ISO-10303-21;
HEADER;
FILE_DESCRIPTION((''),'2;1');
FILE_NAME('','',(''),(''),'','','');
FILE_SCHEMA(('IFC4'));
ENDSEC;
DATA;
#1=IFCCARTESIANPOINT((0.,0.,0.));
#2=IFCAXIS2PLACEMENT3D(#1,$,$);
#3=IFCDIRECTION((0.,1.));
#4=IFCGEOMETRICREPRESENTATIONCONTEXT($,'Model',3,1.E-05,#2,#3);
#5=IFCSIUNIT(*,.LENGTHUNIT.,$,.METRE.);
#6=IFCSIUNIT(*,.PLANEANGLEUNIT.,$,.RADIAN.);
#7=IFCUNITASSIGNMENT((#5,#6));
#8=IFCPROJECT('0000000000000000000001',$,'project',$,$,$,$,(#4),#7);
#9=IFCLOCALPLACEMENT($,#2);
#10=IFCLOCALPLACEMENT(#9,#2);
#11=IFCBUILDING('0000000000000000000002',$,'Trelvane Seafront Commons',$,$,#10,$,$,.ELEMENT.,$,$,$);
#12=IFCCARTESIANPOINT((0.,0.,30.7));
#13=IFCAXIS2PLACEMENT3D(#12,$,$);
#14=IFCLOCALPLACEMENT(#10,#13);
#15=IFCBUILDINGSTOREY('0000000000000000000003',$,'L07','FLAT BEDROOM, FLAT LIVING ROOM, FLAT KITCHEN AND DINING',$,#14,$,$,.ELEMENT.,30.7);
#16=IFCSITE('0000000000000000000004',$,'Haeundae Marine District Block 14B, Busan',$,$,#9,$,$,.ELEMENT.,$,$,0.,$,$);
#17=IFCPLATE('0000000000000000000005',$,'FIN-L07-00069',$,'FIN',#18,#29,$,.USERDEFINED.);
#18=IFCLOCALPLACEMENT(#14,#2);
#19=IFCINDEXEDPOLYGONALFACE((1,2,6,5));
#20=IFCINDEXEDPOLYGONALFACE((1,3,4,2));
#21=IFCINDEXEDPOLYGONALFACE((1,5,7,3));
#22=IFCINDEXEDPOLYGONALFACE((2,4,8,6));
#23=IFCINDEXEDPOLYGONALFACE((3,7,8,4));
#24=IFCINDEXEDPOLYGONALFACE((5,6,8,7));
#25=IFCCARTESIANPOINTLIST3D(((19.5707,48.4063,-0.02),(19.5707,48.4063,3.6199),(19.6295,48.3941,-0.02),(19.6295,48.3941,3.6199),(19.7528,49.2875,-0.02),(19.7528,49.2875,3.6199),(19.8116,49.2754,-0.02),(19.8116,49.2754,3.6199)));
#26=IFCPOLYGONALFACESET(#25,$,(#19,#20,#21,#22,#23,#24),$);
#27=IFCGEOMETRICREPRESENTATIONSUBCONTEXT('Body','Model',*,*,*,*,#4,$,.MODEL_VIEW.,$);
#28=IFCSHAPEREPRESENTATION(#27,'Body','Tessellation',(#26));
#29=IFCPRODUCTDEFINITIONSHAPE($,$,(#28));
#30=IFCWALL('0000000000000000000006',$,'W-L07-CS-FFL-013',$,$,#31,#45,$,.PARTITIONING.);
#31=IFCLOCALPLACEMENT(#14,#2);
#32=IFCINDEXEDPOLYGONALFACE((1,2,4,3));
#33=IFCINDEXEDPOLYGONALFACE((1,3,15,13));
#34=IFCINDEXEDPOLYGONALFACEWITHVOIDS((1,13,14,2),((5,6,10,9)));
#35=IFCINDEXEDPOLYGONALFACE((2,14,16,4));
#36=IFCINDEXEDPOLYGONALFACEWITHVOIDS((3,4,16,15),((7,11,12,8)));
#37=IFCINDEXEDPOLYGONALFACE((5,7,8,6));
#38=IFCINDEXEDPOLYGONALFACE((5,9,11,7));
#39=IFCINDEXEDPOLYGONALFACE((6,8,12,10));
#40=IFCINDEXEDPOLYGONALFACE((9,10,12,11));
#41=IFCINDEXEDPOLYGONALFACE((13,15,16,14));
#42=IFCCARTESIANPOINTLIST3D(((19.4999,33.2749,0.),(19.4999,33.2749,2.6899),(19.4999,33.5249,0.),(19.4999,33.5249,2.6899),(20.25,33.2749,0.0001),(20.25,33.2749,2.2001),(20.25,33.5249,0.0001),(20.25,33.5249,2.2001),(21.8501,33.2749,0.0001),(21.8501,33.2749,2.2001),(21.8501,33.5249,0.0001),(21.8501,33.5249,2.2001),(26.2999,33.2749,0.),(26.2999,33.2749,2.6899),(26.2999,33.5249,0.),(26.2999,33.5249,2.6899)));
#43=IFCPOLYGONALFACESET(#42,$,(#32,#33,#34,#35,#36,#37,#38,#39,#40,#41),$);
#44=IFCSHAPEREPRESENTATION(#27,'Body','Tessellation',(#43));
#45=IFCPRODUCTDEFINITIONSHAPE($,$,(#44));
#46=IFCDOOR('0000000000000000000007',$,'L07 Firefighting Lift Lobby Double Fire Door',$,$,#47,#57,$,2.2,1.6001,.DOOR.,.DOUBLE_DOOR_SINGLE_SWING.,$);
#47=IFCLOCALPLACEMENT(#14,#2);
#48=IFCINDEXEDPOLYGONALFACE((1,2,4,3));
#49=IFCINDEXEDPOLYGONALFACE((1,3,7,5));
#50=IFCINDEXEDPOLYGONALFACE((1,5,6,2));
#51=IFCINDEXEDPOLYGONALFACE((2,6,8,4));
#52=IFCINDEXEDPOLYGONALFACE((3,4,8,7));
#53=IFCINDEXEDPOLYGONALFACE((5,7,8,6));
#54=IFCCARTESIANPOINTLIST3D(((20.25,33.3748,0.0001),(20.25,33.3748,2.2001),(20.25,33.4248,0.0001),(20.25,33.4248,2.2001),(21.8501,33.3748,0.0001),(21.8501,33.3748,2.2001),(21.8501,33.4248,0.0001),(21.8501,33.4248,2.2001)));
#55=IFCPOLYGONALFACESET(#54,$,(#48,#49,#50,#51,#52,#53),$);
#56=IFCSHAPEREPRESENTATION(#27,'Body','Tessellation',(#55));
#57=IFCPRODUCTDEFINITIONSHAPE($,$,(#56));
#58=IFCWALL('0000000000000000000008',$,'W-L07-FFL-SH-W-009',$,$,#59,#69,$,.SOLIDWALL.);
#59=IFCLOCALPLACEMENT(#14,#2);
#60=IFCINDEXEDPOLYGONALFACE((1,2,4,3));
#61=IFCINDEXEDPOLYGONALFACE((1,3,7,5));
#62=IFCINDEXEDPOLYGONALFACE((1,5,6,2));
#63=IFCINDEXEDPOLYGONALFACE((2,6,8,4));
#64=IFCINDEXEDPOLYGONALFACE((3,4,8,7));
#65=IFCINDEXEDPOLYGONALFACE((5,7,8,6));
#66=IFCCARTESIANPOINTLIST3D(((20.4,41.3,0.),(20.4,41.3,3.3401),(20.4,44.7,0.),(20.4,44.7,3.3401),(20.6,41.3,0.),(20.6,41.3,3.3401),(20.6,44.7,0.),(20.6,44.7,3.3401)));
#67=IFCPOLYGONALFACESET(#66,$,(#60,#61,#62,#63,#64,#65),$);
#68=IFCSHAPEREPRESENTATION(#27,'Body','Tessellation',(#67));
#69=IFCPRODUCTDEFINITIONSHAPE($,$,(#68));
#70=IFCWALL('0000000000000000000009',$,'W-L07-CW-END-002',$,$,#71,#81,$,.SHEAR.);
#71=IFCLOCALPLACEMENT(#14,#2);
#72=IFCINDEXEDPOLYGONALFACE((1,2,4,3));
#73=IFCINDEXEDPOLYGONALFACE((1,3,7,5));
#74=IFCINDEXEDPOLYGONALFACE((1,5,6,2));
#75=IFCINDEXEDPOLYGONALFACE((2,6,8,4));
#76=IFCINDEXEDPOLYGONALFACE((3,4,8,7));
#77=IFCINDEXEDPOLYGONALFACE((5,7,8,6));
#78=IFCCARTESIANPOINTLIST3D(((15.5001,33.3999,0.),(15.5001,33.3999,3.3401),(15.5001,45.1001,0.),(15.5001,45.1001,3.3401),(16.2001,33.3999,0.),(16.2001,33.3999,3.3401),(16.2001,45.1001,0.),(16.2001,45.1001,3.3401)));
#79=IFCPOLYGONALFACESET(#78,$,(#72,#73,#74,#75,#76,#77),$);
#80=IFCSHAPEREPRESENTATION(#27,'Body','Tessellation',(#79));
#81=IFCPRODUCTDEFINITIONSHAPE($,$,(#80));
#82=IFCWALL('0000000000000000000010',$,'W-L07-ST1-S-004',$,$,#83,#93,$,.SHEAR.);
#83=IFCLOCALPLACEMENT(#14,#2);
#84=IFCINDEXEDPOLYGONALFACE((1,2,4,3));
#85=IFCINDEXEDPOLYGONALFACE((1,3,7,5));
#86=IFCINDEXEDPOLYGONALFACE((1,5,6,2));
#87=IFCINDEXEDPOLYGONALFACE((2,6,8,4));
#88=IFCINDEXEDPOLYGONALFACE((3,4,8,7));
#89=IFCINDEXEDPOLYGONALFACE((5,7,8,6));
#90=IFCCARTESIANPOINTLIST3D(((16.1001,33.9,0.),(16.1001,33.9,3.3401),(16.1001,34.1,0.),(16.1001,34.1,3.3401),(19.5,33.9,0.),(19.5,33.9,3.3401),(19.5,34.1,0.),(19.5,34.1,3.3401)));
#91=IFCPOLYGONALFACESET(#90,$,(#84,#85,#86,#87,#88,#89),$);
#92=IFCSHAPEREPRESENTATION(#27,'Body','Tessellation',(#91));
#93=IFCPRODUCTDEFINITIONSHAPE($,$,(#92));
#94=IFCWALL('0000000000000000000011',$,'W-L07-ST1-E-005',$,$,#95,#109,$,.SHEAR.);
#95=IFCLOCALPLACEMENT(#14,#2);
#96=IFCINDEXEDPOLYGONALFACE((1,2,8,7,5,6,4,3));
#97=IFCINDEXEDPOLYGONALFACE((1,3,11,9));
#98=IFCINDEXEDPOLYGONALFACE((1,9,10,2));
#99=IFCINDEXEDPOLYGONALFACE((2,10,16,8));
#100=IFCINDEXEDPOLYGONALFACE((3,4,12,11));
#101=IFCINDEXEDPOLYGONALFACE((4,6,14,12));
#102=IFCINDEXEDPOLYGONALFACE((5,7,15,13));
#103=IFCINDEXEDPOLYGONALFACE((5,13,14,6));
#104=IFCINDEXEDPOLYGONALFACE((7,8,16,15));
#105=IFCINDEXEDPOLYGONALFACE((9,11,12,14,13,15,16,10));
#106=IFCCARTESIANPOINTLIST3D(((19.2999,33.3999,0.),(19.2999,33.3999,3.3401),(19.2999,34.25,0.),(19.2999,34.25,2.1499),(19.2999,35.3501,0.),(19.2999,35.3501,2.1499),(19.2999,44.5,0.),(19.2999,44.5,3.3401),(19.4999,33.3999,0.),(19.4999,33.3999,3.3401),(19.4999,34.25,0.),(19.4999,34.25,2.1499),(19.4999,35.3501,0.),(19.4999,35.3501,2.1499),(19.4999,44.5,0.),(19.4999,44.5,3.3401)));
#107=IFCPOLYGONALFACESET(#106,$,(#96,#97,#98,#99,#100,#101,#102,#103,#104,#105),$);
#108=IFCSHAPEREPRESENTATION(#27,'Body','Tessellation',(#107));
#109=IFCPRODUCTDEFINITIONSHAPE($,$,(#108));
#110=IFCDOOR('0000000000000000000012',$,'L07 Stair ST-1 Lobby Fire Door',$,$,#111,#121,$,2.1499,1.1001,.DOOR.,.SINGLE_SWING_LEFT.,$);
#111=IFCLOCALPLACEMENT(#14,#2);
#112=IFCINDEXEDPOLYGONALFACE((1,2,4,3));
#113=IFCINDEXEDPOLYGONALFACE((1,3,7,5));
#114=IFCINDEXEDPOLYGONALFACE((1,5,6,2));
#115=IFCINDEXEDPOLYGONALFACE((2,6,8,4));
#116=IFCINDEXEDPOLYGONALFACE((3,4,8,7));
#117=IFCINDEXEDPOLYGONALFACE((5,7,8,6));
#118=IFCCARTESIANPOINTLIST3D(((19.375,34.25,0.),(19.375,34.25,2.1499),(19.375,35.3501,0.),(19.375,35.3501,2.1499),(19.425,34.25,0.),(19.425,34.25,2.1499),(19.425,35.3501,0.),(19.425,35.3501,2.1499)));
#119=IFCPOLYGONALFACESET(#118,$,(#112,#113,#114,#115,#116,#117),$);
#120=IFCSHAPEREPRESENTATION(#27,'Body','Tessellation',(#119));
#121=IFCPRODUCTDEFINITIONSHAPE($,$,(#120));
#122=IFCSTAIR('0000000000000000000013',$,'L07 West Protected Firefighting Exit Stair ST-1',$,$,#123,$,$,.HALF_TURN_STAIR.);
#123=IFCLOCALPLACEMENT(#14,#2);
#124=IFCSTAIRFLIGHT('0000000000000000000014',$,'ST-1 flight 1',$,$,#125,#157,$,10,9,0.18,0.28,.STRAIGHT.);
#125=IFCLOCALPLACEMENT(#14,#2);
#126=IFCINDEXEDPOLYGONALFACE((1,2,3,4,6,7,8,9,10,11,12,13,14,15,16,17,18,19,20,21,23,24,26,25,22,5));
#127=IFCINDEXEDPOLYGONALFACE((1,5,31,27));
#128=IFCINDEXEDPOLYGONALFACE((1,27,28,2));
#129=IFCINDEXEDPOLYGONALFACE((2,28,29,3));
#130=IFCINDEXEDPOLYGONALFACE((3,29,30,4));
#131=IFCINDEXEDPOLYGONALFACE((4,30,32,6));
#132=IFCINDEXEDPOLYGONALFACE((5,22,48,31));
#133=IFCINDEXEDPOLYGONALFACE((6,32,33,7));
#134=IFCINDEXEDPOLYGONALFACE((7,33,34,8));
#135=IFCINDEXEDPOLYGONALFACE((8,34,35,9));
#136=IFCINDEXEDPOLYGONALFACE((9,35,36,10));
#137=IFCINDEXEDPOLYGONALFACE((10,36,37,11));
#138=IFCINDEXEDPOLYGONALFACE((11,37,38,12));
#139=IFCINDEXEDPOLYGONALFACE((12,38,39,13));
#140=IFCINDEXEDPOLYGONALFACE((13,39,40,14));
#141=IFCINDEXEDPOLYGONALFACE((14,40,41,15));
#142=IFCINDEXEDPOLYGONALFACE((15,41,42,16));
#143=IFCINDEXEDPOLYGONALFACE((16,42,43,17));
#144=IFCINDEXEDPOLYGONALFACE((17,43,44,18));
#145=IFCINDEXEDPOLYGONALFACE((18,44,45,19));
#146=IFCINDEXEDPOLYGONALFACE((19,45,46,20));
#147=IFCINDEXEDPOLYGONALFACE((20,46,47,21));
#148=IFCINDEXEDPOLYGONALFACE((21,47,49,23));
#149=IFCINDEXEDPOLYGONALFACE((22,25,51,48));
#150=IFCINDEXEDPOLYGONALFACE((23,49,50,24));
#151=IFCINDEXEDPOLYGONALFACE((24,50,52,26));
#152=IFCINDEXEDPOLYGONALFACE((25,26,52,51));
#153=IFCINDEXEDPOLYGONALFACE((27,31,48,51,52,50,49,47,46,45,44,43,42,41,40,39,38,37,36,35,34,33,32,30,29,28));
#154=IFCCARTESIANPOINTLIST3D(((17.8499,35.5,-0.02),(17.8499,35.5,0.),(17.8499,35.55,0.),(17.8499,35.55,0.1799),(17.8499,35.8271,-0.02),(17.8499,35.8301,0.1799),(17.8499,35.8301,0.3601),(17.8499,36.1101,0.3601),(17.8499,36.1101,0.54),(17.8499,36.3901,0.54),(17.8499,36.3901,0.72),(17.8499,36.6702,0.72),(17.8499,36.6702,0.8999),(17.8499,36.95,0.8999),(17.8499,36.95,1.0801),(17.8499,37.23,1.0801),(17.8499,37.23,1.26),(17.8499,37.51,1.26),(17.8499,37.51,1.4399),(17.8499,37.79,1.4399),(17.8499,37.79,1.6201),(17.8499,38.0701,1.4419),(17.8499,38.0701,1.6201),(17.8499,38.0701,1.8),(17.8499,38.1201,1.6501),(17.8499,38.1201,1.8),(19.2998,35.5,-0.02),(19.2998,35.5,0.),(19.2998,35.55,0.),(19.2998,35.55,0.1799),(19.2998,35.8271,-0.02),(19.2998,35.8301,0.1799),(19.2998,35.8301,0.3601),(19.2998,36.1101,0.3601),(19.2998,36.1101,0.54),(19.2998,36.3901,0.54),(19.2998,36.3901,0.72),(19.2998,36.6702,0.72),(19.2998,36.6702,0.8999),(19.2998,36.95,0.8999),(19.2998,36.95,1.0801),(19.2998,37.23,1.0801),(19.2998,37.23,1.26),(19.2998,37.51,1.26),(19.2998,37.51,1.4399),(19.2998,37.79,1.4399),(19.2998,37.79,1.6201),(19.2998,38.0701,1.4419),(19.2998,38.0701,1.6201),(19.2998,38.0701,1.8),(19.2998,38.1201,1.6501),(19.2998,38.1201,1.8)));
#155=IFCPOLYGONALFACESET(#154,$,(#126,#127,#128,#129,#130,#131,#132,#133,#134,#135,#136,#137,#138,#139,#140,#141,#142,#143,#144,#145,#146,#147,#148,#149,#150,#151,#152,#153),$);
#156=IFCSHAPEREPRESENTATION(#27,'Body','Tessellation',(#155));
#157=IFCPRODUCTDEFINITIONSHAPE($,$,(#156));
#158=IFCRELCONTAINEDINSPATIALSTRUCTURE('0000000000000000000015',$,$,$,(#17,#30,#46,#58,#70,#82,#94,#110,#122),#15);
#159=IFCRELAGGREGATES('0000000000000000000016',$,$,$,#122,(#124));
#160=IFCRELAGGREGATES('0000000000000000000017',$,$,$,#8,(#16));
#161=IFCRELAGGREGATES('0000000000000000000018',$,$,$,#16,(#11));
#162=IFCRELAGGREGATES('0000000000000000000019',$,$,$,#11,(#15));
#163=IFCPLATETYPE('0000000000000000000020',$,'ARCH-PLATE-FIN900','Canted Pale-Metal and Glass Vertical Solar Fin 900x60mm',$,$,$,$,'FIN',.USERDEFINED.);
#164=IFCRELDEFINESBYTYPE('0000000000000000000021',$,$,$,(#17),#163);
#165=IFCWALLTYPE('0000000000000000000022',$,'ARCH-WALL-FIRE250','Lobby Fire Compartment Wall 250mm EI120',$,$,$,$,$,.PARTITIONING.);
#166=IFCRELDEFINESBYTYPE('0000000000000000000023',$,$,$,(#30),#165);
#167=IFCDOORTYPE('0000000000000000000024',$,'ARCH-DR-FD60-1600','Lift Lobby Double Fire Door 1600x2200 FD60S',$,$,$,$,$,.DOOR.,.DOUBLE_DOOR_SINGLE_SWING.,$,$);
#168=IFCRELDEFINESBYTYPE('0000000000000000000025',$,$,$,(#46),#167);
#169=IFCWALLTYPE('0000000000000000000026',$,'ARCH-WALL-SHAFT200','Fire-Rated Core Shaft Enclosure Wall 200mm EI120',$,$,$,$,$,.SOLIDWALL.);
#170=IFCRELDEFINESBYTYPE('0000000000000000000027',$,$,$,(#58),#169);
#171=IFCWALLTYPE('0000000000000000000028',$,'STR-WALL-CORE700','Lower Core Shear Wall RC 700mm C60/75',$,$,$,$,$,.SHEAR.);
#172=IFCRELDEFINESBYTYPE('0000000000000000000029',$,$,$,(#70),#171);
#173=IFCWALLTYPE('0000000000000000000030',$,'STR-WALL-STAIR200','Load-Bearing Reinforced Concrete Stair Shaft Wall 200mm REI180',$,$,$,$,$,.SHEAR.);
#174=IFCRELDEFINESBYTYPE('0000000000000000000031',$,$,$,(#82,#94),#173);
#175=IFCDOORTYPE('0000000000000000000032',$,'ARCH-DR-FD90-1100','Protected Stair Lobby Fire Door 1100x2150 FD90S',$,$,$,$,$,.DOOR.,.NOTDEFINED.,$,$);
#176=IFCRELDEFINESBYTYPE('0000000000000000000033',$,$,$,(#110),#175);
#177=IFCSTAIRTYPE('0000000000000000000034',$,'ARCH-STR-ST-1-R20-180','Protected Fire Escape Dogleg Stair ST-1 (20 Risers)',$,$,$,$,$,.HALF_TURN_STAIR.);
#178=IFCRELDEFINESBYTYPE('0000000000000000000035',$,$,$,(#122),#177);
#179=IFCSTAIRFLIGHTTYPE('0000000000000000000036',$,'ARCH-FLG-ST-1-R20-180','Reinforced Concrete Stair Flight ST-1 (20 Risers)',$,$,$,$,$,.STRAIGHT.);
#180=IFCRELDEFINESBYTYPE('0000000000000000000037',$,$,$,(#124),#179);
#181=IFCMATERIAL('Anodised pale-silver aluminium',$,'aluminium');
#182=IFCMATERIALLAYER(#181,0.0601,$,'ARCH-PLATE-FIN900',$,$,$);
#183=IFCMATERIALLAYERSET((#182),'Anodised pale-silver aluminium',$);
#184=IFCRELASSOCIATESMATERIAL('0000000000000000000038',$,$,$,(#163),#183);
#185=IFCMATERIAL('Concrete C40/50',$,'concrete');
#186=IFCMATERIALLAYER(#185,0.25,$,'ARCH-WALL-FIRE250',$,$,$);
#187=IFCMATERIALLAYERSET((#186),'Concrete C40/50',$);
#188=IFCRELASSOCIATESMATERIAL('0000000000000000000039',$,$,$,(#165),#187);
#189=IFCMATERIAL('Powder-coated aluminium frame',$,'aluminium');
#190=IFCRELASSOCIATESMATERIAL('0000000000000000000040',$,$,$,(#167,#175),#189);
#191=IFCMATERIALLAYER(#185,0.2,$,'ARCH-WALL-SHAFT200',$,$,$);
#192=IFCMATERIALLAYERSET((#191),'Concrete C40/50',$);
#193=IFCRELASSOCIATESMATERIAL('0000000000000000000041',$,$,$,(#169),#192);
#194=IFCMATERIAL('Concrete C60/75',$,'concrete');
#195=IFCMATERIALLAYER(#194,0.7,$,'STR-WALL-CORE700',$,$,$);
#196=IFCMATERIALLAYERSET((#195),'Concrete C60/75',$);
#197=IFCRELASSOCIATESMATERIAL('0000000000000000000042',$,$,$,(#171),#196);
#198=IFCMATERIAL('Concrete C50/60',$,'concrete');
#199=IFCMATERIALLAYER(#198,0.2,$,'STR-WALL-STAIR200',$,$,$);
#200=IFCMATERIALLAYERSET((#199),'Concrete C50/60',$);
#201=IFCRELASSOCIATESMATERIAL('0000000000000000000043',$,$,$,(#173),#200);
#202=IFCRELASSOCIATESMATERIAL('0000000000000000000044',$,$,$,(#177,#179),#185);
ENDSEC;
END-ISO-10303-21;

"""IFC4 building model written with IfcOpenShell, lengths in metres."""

from ifc_helpers import new_model, si_unit, direction, frame, frame_2d, origin, origin_2d, place, context, subcontext, project, spatial, polyline, rectangle, outline, extrude, source, transform, mapped, material, layer, layer_set, type_object, element, fill, aggregate, save


model = new_model("IFC4")

# Units and contexts
model_context = context("Model", 3, precision=1e-05, world=origin(), true_north=direction((0.0, 1.0)))
body_context = subcontext(model_context, "Body", "Model", "MODEL_VIEW")
ifc_project = project(units=[si_unit("LENGTHUNIT", "METRE"), si_unit("PLANEANGLEUNIT", "RADIAN")], contexts=[model_context])

# Site, building, storey
site_placement = place(None, origin())
site = spatial("IfcSite", under=ifc_project, at=site_placement, Name="Haeundae Marine District Block 14B, Busan", CompositionType="ELEMENT", RefElevation=0.0)
building_placement = place(site_placement, origin())
building = spatial("IfcBuilding", under=site, at=building_placement, Name="Trelvane Seafront Commons", CompositionType="ELEMENT")
storey_placement = place(building_placement, frame((0.0, 0.0, 30.7)))
storey = spatial("IfcBuildingStorey", under=building, at=storey_placement, Name="L07", Description="FLAT BEDROOM, FLAT LIVING ROOM, FLAT KITCHEN AND DINING", CompositionType="ELEMENT", Elevation=30.7)

# Shared definitions
ifc_material_1 = material(Name="Concrete C60/75", Category="concrete")

# Shared definitions
ifc_material_2 = material(Name="Anodised pale-silver aluminium", Category="aluminium")

# Plate
ifc_layer_1 = layer(ifc_material_2, 0.0601, Name="ARCH-PLATE-FIN900")
ifc_layer_set_1 = layer_set([ifc_layer_1], Name="Anodised pale-silver aluminium")
plate_type_1 = type_object("IfcPlateType", Name="ARCH-PLATE-FIN900", Description="Canted Pale-Metal and Glass Vertical Solar Fin 900x60mm", ElementType="FIN", PredefinedType="USERDEFINED", material=ifc_layer_set_1)
shared_shape_1 = source(origin(), body_context, "Body", "SweptSolid", [
    extrude(rectangle(XDim=0.8999, YDim=0.0601, at=origin_2d()), origin(), (0.0, 0.0, 1.0), 3.6399),
])
for number, where, z_axis, x_axis, name in (
    (1, (19.6912, 48.8408, -0.02), (0.0, 0.0, 1.0), (0.202329, 0.979318, 0.0), "FIN-L07-00069"),
):
    element("IfcPlate", number, at=place(storey_placement, frame(where, z_axis=z_axis, x_axis=x_axis)), inside=storey, type_object=plate_type_1, Name=name, ObjectType="FIN", PredefinedType="USERDEFINED", context=body_context, shape_type="MappedRepresentation", body=[
        mapped(shared_shape_1, transform((0.0, 0.0, 0.0), x_axis=(1.0, 0.0, 0.0), y_axis=(0.0, 1.0, 0.0), z_axis=(0.0, 0.0, 1.0), scale=1.0)),
    ])

# Wall, opening, door
ifc_material_3 = material(Name="Concrete C40/50", Category="concrete")
ifc_layer_2 = layer(ifc_material_3, 0.25, Name="ARCH-WALL-FIRE250")
ifc_layer_set_2 = layer_set([ifc_layer_2], Name="Concrete C40/50")
wall_type_1 = type_object("IfcWallType", Name="ARCH-WALL-FIRE250", Description="Lobby Fire Compartment Wall 250mm EI120", PredefinedType="PARTITIONING", material=ifc_layer_set_2)
wall_1_placement = place(storey_placement, frame((19.5, 33.3999, 0.0), z_axis=(0.0, 0.0, 1.0), x_axis=(1.0, 0.0, 0.0)))
wall_1 = element("IfcWall", 2, at=wall_1_placement, inside=storey, type_object=wall_type_1, Name="W-L07-CS-FFL-013", PredefinedType="PARTITIONING", context=body_context, shape_type="SweptSolid", body=[
    extrude(rectangle(XDim=6.8, YDim=0.25, at=frame_2d((3.3999, 0.0))), origin(), (0.0, 0.0, 1.0), 2.6899),
])
opening_1_placement = place(wall_1_placement, frame((0.75, 0.0, 0.0)))
opening_1 = element("IfcOpeningElement", 3, at=opening_1_placement, cuts=wall_1, PredefinedType="OPENING", context=body_context, shape_type="SweptSolid", body=[
    extrude(rectangle(XDim=1.6001, YDim=2.2, at=frame_2d((0.8, 1.1001))), frame((0.0, 0.135, 0.0), z_axis=(0.0, -1.0, 0.0), x_axis=(1.0, 0.0, 0.0)), (0.0, 0.0, 1.0), 0.27),
])
ifc_material_4 = material(Name="Powder-coated aluminium frame", Category="aluminium")
door_type_1 = type_object("IfcDoorType", Name="ARCH-DR-FD60-1600", Description="Lift Lobby Double Fire Door 1600x2200 FD60S", OperationType="DOUBLE_DOOR_SINGLE_SWING", PredefinedType="DOOR", material=ifc_material_4)
shared_shape_2 = source(origin(), body_context, "Body", "SweptSolid", [
    extrude(rectangle(XDim=1.6001, YDim=2.2, at=frame_2d((0.8, 1.1001))), frame((0.0, 0.0249, 0.0), z_axis=(0.0, -1.0, 0.0), x_axis=(1.0, 0.0, 0.0)), (0.0, 0.0, 1.0), 0.05),
])
door_1_placement = place(opening_1_placement, origin())
door_1 = element("IfcDoor", 4, at=door_1_placement, inside=storey, type_object=door_type_1, Name="L07 Firefighting Lift Lobby Double Fire Door", OperationType="DOUBLE_DOOR_SINGLE_SWING", OverallHeight=2.2, OverallWidth=1.6001, PredefinedType="DOOR", context=body_context, shape_type="MappedRepresentation", body=[
    mapped(shared_shape_2, transform((0.0, 0.0, 0.0), x_axis=(1.0, 0.0, 0.0), y_axis=(0.0, 1.0, 0.0), z_axis=(0.0, 0.0, 1.0), scale=1.0)),
])
fill(opening_1, door_1)

# Shared definitions
ifc_layer_3 = layer(ifc_material_3, 0.2, Name="ARCH-WALL-SHAFT200")
ifc_layer_set_3 = layer_set([ifc_layer_3], Name="Concrete C40/50")
wall_type_2 = type_object("IfcWallType", Name="ARCH-WALL-SHAFT200", Description="Fire-Rated Core Shaft Enclosure Wall 200mm EI120", PredefinedType="SOLIDWALL", material=ifc_layer_set_3)
shared_shape_3 = source(origin(), body_context, "Body", "SweptSolid", [
    extrude(rectangle(XDim=1.1001, YDim=2.1499, at=frame_2d((0.55, 1.075))), frame((0.0, 0.0249, 0.0), z_axis=(0.0, -1.0, 0.0), x_axis=(1.0, 0.0, 0.0)), (0.0, 0.0, 1.0), 0.05),
])

# Walls
wall_2_placement = place(storey_placement, frame((20.5, 41.3, 0.0), z_axis=(0.0, 0.0, 1.0), x_axis=(0.0, 1.0, 0.0)))
element("IfcWall", 5, at=wall_2_placement, inside=storey, type_object=wall_type_2, Name="W-L07-FFL-SH-W-009", PredefinedType="SOLIDWALL", context=body_context, shape_type="SweptSolid", body=[
    extrude(rectangle(XDim=3.3999, YDim=0.2, at=frame_2d((1.7, 0.0))), origin(), (0.0, 0.0, 1.0), 3.3401),
])
ifc_layer_4 = layer(ifc_material_1, 0.7, Name="STR-WALL-CORE700")
ifc_layer_set_4 = layer_set([ifc_layer_4], Name="Concrete C60/75")
wall_type_3 = type_object("IfcWallType", Name="STR-WALL-CORE700", Description="Lower Core Shear Wall RC 700mm C60/75", PredefinedType="SHEAR", material=ifc_layer_set_4)
wall_3_placement = place(storey_placement, frame((15.8501, 33.3999, 0.0), z_axis=(0.0, 0.0, 1.0), x_axis=(0.0, 1.0, 0.0)))
element("IfcWall", 6, at=wall_3_placement, inside=storey, type_object=wall_type_3, Name="W-L07-CW-END-002", PredefinedType="SHEAR", context=body_context, shape_type="SweptSolid", body=[
    extrude(rectangle(XDim=11.7002, YDim=0.7, at=frame_2d((5.8501, 0.0))), origin(), (0.0, 0.0, 1.0), 3.3401),
])
ifc_material_5 = material(Name="Concrete C50/60", Category="concrete")
ifc_layer_5 = layer(ifc_material_5, 0.2, Name="STR-WALL-STAIR200")
ifc_layer_set_5 = layer_set([ifc_layer_5], Name="Concrete C50/60")
wall_type_4 = type_object("IfcWallType", Name="STR-WALL-STAIR200", Description="Load-Bearing Reinforced Concrete Stair Shaft Wall 200mm REI180", PredefinedType="SHEAR", material=ifc_layer_set_5)
wall_4_placement = place(storey_placement, frame((16.1001, 34.0, 0.0), z_axis=(0.0, 0.0, 1.0), x_axis=(1.0, 0.0, 0.0)))
element("IfcWall", 7, at=wall_4_placement, inside=storey, type_object=wall_type_4, Name="W-L07-ST1-S-004", PredefinedType="SHEAR", context=body_context, shape_type="SweptSolid", body=[
    extrude(rectangle(XDim=3.3999, YDim=0.2, at=frame_2d((1.7, 0.0))), origin(), (0.0, 0.0, 1.0), 3.3401),
])

# Wall, opening, door
wall_5_placement = place(storey_placement, frame((19.3999, 33.3999, 0.0), z_axis=(0.0, 0.0, 1.0), x_axis=(0.0, 1.0, 0.0)))
wall_5 = element("IfcWall", 8, at=wall_5_placement, inside=storey, type_object=wall_type_4, Name="W-L07-ST1-E-005", PredefinedType="SHEAR", context=body_context, shape_type="SweptSolid", body=[
    extrude(rectangle(XDim=11.1001, YDim=0.2, at=frame_2d((5.55, 0.0))), origin(), (0.0, 0.0, 1.0), 3.3401),
])
opening_2_placement = place(wall_5_placement, frame((0.8501, 0.0, 0.0)))
opening_2 = element("IfcOpeningElement", 9, at=opening_2_placement, cuts=wall_5, PredefinedType="OPENING", context=body_context, shape_type="SweptSolid", body=[
    extrude(rectangle(XDim=1.1001, YDim=2.1499, at=frame_2d((0.55, 1.075))), frame((0.0, 0.1099, 0.0), z_axis=(0.0, -1.0, 0.0), x_axis=(1.0, 0.0, 0.0)), (0.0, 0.0, 1.0), 0.22),
])
door_type_2 = type_object("IfcDoorType", Name="ARCH-DR-FD90-1100", Description="Protected Stair Lobby Fire Door 1100x2150 FD90S", OperationType="NOTDEFINED", PredefinedType="DOOR", material=ifc_material_4)
door_2_placement = place(opening_2_placement, origin())
door_2 = element("IfcDoor", 10, at=door_2_placement, inside=storey, type_object=door_type_2, Name="L07 Stair ST-1 Lobby Fire Door", OperationType="SINGLE_SWING_LEFT", OverallHeight=2.1499, OverallWidth=1.1001, PredefinedType="DOOR", context=body_context, shape_type="MappedRepresentation", body=[
    mapped(shared_shape_3, transform((0.0, 0.0, 0.0), x_axis=(1.0, 0.0, 0.0), y_axis=(0.0, 1.0, 0.0), z_axis=(0.0, 0.0, 1.0), scale=1.0)),
])
fill(opening_2, door_2)

# Stair, stair flight
stair_type = type_object("IfcStairType", Name="ARCH-STR-ST-1-R20-180", Description="Protected Fire Escape Dogleg Stair ST-1 (20 Risers)", PredefinedType="HALF_TURN_STAIR", material=ifc_material_3)
stair_placement = place(storey_placement, origin())
stair = element("IfcStair", 11, at=stair_placement, inside=storey, type_object=stair_type, Name="L07 West Protected Firefighting Exit Stair ST-1", PredefinedType="HALF_TURN_STAIR")
stair_flight_type = type_object("IfcStairFlightType", Name="ARCH-FLG-ST-1-R20-180", Description="Reinforced Concrete Stair Flight ST-1 (20 Risers)", PredefinedType="STRAIGHT", material=ifc_material_3)
shared_shape_4 = source(origin(), body_context, "Body", "SweptSolid", [
    extrude(outline(polyline([(-0.05, -0.02), (-0.05, 0.0), (0.0, 0.0), (0.0, 0.1799), (0.28, 0.1799), (0.28, 0.3601), (0.5601, 0.3601), (0.5601, 0.54), (0.8401, 0.54), (0.8401, 0.72), (1.1201, 0.72), (1.1201, 0.8999), (1.3999, 0.8999), (1.3999, 1.0801), (1.6799, 1.0801), (1.6799, 1.26), (1.96, 1.26), (1.96, 1.4399), (2.24, 1.4399), (2.24, 1.6201), (2.52, 1.6201), (2.52, 1.8), (2.5701, 1.8), (2.5701, 1.6501), (2.52, 1.4419), (0.2771, -0.02), (-0.05, -0.02)])), frame((0.0, 0.7251, 0.0), z_axis=(0.0, -1.0, 0.0), x_axis=(1.0, 0.0, 0.0)), (0.0, 0.0, 1.0), 1.45),
])
stair_flight_1_placement = place(storey_placement, frame((18.575, 35.55, 0.0), z_axis=(0.0, 0.0, 1.0), x_axis=(0.0, 1.0, 0.0)))
stair_flight_1 = element("IfcStairFlight", 12, at=stair_flight_1_placement, type_object=stair_flight_type, Name="ST-1 flight 1", NumberOfRisers=10, NumberOfTreads=9, PredefinedType="STRAIGHT", RiserHeight=0.18, TreadLength=0.28, context=body_context, shape_type="MappedRepresentation", body=[
    mapped(shared_shape_4, transform((0.0, 0.0, 0.0), x_axis=(1.0, 0.0, 0.0), y_axis=(0.0, 1.0, 0.0), z_axis=(0.0, 0.0, 1.0), scale=1.0)),
])
aggregate(stair, [stair_flight_1])

save(model, "model.ifc")
